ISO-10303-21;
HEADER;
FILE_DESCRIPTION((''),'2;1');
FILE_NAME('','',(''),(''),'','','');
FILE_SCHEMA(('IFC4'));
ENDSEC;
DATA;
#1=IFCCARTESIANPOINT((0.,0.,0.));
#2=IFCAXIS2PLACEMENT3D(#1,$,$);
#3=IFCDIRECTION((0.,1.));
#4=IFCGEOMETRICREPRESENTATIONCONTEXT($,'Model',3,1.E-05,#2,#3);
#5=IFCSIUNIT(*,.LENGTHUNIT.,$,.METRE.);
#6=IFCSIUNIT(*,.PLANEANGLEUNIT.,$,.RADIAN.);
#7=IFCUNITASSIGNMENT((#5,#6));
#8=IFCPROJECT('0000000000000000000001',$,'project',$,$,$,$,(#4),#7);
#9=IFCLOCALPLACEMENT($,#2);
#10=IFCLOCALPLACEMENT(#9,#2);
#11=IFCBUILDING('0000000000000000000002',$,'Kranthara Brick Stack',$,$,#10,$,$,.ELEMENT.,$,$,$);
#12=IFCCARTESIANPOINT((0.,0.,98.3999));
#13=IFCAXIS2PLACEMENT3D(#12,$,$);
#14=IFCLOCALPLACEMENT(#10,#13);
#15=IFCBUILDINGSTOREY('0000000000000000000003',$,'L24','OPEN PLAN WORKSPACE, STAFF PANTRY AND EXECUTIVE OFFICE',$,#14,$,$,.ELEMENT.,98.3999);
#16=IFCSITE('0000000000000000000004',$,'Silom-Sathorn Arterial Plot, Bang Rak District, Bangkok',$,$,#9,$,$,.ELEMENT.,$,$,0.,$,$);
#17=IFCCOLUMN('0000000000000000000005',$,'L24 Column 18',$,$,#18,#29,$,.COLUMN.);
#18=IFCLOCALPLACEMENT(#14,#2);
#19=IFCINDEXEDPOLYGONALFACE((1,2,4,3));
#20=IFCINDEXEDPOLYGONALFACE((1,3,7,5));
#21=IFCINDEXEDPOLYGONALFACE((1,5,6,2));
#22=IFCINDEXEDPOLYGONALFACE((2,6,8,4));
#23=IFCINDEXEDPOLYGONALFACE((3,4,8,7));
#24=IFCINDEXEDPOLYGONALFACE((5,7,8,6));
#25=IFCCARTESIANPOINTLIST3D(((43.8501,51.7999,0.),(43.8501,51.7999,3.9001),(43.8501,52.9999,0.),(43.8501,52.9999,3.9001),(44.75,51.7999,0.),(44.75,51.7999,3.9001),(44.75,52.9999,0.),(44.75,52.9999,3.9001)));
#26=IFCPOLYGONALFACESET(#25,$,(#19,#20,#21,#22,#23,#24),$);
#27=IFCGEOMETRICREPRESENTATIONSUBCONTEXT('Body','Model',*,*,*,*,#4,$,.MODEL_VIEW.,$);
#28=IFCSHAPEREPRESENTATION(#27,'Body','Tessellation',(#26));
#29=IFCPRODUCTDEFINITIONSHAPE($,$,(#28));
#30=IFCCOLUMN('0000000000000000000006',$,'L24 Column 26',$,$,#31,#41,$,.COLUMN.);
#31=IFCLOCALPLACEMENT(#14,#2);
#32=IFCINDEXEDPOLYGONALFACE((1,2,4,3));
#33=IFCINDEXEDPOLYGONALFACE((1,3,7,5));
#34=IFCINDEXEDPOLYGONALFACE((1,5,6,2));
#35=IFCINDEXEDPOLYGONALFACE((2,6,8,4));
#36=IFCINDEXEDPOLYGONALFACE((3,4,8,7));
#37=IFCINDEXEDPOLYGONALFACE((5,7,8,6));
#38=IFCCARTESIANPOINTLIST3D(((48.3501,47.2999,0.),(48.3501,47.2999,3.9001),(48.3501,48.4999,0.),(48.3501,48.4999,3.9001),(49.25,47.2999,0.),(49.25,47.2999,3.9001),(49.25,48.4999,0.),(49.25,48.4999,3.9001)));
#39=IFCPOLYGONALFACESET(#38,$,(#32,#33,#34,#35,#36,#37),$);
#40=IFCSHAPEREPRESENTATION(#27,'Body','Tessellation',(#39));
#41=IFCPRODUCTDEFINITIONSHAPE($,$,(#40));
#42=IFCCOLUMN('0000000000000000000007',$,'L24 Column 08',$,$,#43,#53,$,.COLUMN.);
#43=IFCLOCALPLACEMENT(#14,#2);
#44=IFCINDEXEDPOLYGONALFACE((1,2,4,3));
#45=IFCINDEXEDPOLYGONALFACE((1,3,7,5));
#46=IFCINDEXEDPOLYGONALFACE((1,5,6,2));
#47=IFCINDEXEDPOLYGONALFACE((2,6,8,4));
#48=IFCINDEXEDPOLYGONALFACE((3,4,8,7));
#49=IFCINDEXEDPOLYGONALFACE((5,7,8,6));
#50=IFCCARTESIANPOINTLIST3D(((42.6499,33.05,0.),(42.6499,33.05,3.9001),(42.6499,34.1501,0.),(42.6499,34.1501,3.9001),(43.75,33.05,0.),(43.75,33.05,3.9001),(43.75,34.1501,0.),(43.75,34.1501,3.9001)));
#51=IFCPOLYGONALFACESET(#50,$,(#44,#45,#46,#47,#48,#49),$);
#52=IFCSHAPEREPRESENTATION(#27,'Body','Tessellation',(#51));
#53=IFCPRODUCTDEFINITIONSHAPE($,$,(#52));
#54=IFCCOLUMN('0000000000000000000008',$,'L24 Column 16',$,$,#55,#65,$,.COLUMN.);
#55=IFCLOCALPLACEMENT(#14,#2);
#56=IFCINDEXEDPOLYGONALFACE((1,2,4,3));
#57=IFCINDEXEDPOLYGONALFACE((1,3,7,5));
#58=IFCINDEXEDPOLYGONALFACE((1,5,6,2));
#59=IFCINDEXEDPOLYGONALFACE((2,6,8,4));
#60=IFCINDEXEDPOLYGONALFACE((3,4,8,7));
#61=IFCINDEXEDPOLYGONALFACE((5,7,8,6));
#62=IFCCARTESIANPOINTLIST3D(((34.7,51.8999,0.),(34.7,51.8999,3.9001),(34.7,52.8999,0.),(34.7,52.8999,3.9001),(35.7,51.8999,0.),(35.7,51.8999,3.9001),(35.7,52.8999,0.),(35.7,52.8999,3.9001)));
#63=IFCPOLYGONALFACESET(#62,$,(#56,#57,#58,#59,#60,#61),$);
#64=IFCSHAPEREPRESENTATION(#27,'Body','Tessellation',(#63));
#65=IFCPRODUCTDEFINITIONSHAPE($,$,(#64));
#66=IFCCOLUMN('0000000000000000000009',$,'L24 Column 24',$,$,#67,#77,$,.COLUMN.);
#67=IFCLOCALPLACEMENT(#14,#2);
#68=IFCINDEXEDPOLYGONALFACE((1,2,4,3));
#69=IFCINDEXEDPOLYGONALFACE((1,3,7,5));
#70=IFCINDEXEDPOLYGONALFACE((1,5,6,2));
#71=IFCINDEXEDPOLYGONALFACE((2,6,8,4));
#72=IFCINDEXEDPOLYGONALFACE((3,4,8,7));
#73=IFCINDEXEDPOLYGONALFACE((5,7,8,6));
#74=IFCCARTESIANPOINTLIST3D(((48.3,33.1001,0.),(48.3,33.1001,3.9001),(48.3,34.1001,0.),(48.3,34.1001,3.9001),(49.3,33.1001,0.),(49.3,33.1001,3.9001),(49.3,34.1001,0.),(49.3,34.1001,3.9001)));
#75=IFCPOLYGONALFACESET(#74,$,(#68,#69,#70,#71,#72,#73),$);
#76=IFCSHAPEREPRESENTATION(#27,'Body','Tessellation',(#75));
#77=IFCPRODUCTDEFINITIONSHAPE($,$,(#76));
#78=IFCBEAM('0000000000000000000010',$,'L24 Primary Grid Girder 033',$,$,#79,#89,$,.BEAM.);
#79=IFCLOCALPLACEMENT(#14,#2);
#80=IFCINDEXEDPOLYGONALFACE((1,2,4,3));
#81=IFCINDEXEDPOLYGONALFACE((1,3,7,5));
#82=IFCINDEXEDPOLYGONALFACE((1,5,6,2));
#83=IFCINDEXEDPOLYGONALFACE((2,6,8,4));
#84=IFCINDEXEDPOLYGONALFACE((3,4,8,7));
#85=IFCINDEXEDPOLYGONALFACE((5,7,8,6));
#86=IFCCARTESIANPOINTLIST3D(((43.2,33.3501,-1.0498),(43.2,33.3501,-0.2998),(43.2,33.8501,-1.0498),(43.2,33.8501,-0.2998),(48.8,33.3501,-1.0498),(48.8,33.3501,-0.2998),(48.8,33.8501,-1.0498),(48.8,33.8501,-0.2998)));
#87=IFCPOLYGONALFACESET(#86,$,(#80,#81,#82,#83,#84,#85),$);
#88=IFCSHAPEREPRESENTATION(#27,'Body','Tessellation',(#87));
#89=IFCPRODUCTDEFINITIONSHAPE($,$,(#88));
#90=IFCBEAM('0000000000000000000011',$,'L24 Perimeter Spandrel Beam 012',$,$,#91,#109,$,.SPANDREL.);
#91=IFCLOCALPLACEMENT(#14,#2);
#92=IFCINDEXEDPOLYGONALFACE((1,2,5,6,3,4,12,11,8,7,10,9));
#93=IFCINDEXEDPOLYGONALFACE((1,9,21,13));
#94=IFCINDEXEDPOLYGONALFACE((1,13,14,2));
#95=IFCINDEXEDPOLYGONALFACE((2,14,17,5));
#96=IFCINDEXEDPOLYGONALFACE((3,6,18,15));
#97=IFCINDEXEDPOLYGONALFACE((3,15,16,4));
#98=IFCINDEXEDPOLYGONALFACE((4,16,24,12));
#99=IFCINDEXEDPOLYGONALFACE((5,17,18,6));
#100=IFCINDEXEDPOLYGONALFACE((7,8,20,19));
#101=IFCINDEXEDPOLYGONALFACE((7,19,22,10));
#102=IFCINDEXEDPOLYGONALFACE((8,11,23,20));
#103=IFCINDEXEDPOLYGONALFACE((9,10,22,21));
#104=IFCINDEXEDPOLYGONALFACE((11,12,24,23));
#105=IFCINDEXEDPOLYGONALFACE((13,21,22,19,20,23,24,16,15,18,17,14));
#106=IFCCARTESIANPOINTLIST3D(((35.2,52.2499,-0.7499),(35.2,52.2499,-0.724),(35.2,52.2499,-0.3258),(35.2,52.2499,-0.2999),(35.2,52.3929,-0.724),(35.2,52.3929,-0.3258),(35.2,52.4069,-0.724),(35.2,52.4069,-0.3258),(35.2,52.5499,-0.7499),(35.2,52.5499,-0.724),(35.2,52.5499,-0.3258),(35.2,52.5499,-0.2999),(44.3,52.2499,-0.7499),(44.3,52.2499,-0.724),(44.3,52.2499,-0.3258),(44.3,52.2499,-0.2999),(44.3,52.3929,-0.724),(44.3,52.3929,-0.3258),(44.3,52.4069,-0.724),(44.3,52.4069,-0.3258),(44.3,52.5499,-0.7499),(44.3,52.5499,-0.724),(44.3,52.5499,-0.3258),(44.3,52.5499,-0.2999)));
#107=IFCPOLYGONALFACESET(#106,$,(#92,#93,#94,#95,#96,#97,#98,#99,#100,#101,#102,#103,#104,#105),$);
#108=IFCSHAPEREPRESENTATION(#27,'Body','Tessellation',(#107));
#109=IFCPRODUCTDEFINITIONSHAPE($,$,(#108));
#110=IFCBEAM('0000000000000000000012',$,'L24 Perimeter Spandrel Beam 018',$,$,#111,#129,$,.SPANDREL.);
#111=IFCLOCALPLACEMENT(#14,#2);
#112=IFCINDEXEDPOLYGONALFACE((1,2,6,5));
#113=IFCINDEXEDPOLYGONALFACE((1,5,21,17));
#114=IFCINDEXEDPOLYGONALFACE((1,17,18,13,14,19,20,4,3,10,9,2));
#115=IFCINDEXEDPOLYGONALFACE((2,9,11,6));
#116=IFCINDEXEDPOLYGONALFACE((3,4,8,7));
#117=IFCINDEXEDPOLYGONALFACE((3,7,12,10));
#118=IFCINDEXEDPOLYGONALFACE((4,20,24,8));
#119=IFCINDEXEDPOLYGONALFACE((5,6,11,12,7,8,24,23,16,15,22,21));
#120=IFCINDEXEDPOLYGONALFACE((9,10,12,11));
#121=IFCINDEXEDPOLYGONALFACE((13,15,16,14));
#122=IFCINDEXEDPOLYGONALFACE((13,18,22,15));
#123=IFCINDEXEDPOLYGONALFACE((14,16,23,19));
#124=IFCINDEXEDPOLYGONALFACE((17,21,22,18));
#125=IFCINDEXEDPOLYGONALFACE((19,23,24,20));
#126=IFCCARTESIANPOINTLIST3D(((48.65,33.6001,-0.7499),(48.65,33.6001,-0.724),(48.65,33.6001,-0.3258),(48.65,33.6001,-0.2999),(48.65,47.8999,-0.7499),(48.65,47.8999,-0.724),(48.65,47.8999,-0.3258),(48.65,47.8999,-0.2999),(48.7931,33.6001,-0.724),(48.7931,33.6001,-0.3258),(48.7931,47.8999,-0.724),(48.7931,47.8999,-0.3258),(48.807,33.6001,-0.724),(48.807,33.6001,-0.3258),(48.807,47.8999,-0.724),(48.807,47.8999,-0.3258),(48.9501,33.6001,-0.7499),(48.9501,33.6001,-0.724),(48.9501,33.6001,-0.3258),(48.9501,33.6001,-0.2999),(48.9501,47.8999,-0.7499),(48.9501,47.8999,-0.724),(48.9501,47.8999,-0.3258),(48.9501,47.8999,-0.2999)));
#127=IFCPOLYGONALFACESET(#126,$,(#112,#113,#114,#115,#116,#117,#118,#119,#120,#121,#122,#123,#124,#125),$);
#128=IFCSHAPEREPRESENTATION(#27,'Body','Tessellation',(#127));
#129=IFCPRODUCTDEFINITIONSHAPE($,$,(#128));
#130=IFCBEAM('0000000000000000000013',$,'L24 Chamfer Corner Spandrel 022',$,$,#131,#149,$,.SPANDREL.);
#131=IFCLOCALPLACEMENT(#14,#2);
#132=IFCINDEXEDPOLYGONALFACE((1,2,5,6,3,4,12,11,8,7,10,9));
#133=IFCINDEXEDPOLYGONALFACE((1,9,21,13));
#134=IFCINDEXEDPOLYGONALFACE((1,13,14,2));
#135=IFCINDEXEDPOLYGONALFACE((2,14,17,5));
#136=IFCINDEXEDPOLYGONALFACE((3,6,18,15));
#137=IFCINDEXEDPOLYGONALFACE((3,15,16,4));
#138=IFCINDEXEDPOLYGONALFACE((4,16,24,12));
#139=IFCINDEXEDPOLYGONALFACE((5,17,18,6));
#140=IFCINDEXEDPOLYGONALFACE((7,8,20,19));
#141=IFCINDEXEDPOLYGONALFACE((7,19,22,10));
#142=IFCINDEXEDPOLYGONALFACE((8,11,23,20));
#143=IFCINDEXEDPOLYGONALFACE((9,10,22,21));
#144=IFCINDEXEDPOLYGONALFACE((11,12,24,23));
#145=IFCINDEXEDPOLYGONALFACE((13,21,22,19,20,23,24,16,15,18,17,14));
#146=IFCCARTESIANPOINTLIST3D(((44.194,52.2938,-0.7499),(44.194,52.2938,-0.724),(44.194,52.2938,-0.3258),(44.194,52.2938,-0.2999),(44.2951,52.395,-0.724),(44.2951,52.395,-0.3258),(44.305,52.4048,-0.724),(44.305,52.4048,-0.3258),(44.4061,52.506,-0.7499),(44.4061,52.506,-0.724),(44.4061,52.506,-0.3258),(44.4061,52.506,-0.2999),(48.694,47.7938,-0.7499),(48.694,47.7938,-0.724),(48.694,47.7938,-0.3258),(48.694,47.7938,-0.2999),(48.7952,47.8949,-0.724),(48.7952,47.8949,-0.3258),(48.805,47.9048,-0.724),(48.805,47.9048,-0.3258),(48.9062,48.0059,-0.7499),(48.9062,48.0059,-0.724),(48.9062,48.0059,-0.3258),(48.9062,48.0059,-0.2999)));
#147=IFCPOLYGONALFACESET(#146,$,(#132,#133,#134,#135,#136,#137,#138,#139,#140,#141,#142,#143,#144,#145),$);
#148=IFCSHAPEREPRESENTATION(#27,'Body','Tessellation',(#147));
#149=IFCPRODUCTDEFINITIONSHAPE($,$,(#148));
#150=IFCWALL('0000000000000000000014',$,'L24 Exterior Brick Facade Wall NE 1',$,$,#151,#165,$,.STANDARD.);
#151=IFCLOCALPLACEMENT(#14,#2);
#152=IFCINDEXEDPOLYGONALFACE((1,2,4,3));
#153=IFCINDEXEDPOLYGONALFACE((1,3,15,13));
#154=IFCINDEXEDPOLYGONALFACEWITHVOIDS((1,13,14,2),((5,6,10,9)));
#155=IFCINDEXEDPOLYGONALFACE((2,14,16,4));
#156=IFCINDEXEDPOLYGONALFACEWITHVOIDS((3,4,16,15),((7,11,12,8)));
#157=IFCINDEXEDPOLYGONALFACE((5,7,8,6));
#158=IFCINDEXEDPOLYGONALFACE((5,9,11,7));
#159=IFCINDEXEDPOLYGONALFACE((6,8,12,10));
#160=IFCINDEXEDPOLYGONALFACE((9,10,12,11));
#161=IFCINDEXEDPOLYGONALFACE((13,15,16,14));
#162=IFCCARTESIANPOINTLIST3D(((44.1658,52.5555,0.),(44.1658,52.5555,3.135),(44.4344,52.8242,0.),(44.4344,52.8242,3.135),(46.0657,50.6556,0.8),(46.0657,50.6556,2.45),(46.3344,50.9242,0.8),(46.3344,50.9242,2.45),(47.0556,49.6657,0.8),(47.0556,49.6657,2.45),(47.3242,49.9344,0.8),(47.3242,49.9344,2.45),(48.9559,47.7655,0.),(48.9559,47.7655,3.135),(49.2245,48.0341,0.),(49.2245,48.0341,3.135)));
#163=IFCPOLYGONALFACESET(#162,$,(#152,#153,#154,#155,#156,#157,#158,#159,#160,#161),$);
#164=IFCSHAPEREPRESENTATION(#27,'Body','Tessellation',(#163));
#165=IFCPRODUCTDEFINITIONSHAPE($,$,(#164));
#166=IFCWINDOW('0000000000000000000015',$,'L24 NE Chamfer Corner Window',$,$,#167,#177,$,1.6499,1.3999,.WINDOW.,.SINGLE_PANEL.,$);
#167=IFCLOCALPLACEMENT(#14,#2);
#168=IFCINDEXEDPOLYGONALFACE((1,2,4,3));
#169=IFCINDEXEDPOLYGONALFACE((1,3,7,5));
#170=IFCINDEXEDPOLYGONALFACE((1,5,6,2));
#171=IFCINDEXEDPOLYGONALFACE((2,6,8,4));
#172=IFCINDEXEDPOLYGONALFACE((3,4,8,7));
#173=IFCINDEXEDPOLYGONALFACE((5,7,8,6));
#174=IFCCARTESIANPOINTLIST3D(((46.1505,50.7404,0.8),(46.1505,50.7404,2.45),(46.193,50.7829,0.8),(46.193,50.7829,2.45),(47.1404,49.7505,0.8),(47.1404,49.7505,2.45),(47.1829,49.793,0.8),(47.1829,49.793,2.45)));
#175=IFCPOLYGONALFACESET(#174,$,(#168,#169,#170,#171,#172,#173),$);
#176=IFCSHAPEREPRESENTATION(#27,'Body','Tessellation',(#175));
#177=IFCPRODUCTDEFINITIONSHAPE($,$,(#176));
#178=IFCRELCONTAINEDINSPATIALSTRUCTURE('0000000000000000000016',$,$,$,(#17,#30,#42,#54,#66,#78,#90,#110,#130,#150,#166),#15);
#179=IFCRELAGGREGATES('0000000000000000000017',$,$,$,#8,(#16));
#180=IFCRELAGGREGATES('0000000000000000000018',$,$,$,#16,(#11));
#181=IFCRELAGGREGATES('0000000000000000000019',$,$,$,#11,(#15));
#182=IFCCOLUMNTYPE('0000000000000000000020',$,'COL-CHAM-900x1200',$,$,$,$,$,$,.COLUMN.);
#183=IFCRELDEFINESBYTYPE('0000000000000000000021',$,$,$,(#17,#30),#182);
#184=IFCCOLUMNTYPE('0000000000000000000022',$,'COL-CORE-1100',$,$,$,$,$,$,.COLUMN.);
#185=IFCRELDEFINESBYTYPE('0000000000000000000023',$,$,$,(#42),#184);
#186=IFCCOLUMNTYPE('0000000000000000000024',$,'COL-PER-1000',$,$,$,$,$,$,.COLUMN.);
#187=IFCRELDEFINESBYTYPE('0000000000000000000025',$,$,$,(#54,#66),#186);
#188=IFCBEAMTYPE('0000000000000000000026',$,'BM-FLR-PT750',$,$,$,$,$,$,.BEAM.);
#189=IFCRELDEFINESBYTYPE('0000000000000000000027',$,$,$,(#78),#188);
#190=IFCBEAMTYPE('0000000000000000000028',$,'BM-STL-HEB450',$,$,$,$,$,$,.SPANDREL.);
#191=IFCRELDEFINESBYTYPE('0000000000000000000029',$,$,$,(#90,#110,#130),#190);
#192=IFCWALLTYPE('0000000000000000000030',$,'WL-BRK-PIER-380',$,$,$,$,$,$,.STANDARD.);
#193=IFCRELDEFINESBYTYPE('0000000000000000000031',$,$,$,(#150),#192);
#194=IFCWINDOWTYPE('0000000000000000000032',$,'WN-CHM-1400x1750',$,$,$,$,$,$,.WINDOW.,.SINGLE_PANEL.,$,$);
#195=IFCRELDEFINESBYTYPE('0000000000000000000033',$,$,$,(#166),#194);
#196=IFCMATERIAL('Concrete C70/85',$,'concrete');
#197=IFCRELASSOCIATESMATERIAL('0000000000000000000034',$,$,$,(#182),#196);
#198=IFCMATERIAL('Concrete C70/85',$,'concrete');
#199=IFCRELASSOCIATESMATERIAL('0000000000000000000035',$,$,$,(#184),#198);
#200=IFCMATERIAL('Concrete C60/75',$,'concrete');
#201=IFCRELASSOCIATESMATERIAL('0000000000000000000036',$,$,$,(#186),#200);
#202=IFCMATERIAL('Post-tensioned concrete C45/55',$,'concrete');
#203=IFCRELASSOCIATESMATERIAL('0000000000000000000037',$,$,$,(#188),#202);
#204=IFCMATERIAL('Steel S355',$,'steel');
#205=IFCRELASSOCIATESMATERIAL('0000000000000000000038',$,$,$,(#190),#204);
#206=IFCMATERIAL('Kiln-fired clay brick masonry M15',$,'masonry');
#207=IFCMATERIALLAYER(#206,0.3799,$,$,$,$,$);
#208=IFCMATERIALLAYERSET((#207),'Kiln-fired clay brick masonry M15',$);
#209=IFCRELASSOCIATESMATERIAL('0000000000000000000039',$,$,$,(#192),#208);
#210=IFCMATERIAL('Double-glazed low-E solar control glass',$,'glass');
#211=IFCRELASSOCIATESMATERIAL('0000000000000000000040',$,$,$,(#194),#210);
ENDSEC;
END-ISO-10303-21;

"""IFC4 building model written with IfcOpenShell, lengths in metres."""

from ifc_helpers import new_model, si_unit, direction, frame, frame_2d, origin, origin_2d, place, context, subcontext, project, spatial, rectangle, i_section, extrude, material, layer, layer_set, material_profile, profile_set, type_object, element, fill, save


model = new_model("IFC4")

# Units and contexts
model_context = context("Model", 3, precision=1e-05, world=origin(), true_north=direction((0.0, 1.0)))
body_context = subcontext(model_context, "Body", "Model", "MODEL_VIEW")
ifc_project = project(units=[si_unit("LENGTHUNIT", "METRE"), si_unit("PLANEANGLEUNIT", "RADIAN")], contexts=[model_context])

# Site, building, storey
site_placement = place(None, origin())
site = spatial("IfcSite", under=ifc_project, at=site_placement, Name="Silom-Sathorn Arterial Plot, Bang Rak District, Bangkok", CompositionType="ELEMENT", RefElevation=0.0)
building_placement = place(site_placement, origin())
building = spatial("IfcBuilding", under=site, at=building_placement, Name="Kranthara Brick Stack", CompositionType="ELEMENT")
storey_placement = place(building_placement, frame((0.0, 0.0, 98.3999)))
storey = spatial("IfcBuildingStorey", under=building, at=storey_placement, Name="L24", Description="OPEN PLAN WORKSPACE, STAFF PANTRY AND EXECUTIVE OFFICE", CompositionType="ELEMENT", Elevation=98.3999)

# Columns
ifc_material_1 = material(Name="Concrete C70/85", Category="concrete")
ifc_material_profile_1 = material_profile(ifc_material_1, rectangle(XDim=0.8999, YDim=1.2, at=origin_2d()), Name="RC 900x1200")
ifc_profile_set_1 = profile_set([ifc_material_profile_1], Name="Concrete C70/85")
column_type_1 = type_object("IfcColumnType", Name="COL-CHAM-900x1200", PredefinedType="COLUMN", material=ifc_profile_set_1)
for number, where, z_axis, x_axis, name in (
    (1, (44.3, 52.3999, 0.0), (0.0, 0.0, 1.0), (1.0, 0.0, 0.0), "L24 Column 18"),
    (2, (48.8, 47.8999, 0.0), (0.0, 0.0, 1.0), (1.0, 0.0, 0.0), "L24 Column 26"),
):
    element("IfcColumn", number, at=place(storey_placement, frame(where, z_axis=z_axis, x_axis=x_axis)), inside=storey, type_object=column_type_1, Name=name, PredefinedType="COLUMN", context=body_context, shape_type="SweptSolid", body=[
        extrude(rectangle(XDim=0.8999, YDim=1.2, at=origin_2d()), origin(), (0.0, 0.0, 1.0), 3.9001),
    ])
ifc_material_2 = material(Name="Concrete C70/85", Category="concrete")
ifc_material_profile_2 = material_profile(ifc_material_2, rectangle(XDim=1.1001, YDim=1.1001, at=origin_2d()), Name="RC 1100x1100")
ifc_profile_set_2 = profile_set([ifc_material_profile_2], Name="Concrete C70/85")
column_type_2 = type_object("IfcColumnType", Name="COL-CORE-1100", PredefinedType="COLUMN", material=ifc_profile_set_2)
column_placement = place(storey_placement, frame((43.2, 33.6001, 0.0), z_axis=(0.0, 0.0, 1.0), x_axis=(1.0, 0.0, 0.0)))
element("IfcColumn", 3, at=column_placement, inside=storey, type_object=column_type_2, Name="L24 Column 08", PredefinedType="COLUMN", context=body_context, shape_type="SweptSolid", body=[
    extrude(rectangle(XDim=1.1001, YDim=1.1001, at=origin_2d()), origin(), (0.0, 0.0, 1.0), 3.9001),
])
ifc_material_3 = material(Name="Concrete C60/75", Category="concrete")
ifc_material_profile_3 = material_profile(ifc_material_3, rectangle(XDim=1.0, YDim=1.0, at=origin_2d()), Name="RC 1000x1000")
ifc_profile_set_3 = profile_set([ifc_material_profile_3], Name="Concrete C60/75")
column_type_3 = type_object("IfcColumnType", Name="COL-PER-1000", PredefinedType="COLUMN", material=ifc_profile_set_3)
for number, where, z_axis, x_axis, name in (
    (4, (35.2, 52.3999, 0.0), (0.0, 0.0, 1.0), (1.0, 0.0, 0.0), "L24 Column 16"),
    (5, (48.8, 33.6001, 0.0), (0.0, 0.0, 1.0), (1.0, 0.0, 0.0), "L24 Column 24"),
):
    element("IfcColumn", number, at=place(storey_placement, frame(where, z_axis=z_axis, x_axis=x_axis)), inside=storey, type_object=column_type_3, Name=name, PredefinedType="COLUMN", context=body_context, shape_type="SweptSolid", body=[
        extrude(rectangle(XDim=1.0, YDim=1.0, at=origin_2d()), origin(), (0.0, 0.0, 1.0), 3.9001),
    ])

# Beams
ifc_material_4 = material(Name="Post-tensioned concrete C45/55", Category="concrete")
ifc_material_profile_4 = material_profile(ifc_material_4, rectangle(XDim=0.5, YDim=0.75, at=origin_2d()), Name="PT 500x750")
ifc_profile_set_4 = profile_set([ifc_material_profile_4], Name="Post-tensioned concrete C45/55")
beam_type_1 = type_object("IfcBeamType", Name="BM-FLR-PT750", PredefinedType="BEAM", material=ifc_profile_set_4)
beam_1_placement = place(storey_placement, frame((43.2, 33.6001, -0.6748), z_axis=(1.0, 0.0, 0.0), x_axis=(0.0, 1.0, 0.0)))
element("IfcBeam", 6, at=beam_1_placement, inside=storey, type_object=beam_type_1, Name="L24 Primary Grid Girder 033", PredefinedType="BEAM", context=body_context, shape_type="SweptSolid", body=[
    extrude(rectangle(XDim=0.5, YDim=0.75, at=origin_2d()), origin(), (0.0, 0.0, 1.0), 5.6001),
])
ifc_material_5 = material(Name="Steel S355", Category="steel")
ifc_material_profile_5 = material_profile(ifc_material_5, i_section(OverallWidth=0.3, OverallDepth=0.45, WebThickness=0.0139, FlangeThickness=0.0259, at=origin_2d()), Name="HEB 450")
ifc_profile_set_5 = profile_set([ifc_material_profile_5], Name="Steel S355")
beam_type_2 = type_object("IfcBeamType", Name="BM-STL-HEB450", PredefinedType="SPANDREL", material=ifc_profile_set_5)
beam_2_placement = place(storey_placement, frame((35.2, 52.3999, -0.5249), z_axis=(1.0, 0.0, 0.0), x_axis=(0.0, 1.0, 0.0)))
element("IfcBeam", 7, at=beam_2_placement, inside=storey, type_object=beam_type_2, Name="L24 Perimeter Spandrel Beam 012", PredefinedType="SPANDREL", context=body_context, shape_type="SweptSolid", body=[
    extrude(i_section(OverallWidth=0.3, OverallDepth=0.45, WebThickness=0.0139, FlangeThickness=0.0259, at=origin_2d()), origin(), (0.0, 0.0, 1.0), 9.1001),
])
beam_3_placement = place(storey_placement, frame((48.8, 33.6001, -0.5249), z_axis=(0.0, 1.0, 0.0), x_axis=(-1.0, 0.0, 0.0)))
element("IfcBeam", 8, at=beam_3_placement, inside=storey, type_object=beam_type_2, Name="L24 Perimeter Spandrel Beam 018", PredefinedType="SPANDREL", context=body_context, shape_type="SweptSolid", body=[
    extrude(i_section(OverallWidth=0.3, OverallDepth=0.45, WebThickness=0.0139, FlangeThickness=0.0259, at=origin_2d()), origin(), (0.0, 0.0, 1.0), 14.2998),
])
beam_4_placement = place(storey_placement, frame((44.3, 52.3999, -0.5249), z_axis=(0.707107, -0.707107, 0.0), x_axis=(0.707107, 0.707107, 0.0)))
element("IfcBeam", 9, at=beam_4_placement, inside=storey, type_object=beam_type_2, Name="L24 Chamfer Corner Spandrel 022", PredefinedType="SPANDREL", context=body_context, shape_type="SweptSolid", body=[
    extrude(i_section(OverallWidth=0.3, OverallDepth=0.45, WebThickness=0.0139, FlangeThickness=0.0259, at=origin_2d()), origin(), (0.0, 0.0, 1.0), 6.364),
])

# Wall, opening, window
ifc_material_6 = material(Name="Kiln-fired clay brick masonry M15", Category="masonry")
ifc_layer_1 = layer(ifc_material_6, 0.3799)
ifc_layer_set_1 = layer_set([ifc_layer_1], Name="Kiln-fired clay brick masonry M15")
wall_type_1 = type_object("IfcWallType", Name="WL-BRK-PIER-380", PredefinedType="STANDARD", material=ifc_layer_set_1)
wall_1_placement = place(storey_placement, frame((44.3, 52.6899, 0.0), z_axis=(0.0, 0.0, 1.0), x_axis=(0.707107, -0.707107, 0.0)))
wall_1 = element("IfcWall", 10, at=wall_1_placement, inside=storey, type_object=wall_type_1, Name="L24 Exterior Brick Facade Wall NE 1", PredefinedType="STANDARD", context=body_context, shape_type="SweptSolid", body=[
    extrude(rectangle(XDim=6.7742, YDim=0.3799, at=frame_2d((3.3872, 0.0))), origin(), (0.0, 0.0, 1.0), 3.135),
])
opening_1_placement = place(wall_1_placement, frame((2.687, 0.0, 0.8)))
opening_1 = element("IfcOpeningElement", 11, at=opening_1_placement, cuts=wall_1, PredefinedType="OPENING", context=body_context, shape_type="SweptSolid", body=[
    extrude(rectangle(XDim=1.3999, YDim=1.6499, at=frame_2d((0.7, 0.825))), frame((0.0, 0.2, 0.0), z_axis=(0.0, -1.0, 0.0), x_axis=(1.0, 0.0, 0.0)), (0.0, 0.0, 1.0), 0.3999),
])
ifc_material_7 = material(Name="Double-glazed low-E solar control glass", Category="glass")
window_type_1 = type_object("IfcWindowType", Name="WN-CHM-1400x1750", PartitioningType="SINGLE_PANEL", PredefinedType="WINDOW", material=ifc_material_7)
window_1_placement = place(opening_1_placement, origin())
window_1 = element("IfcWindow", 12, at=window_1_placement, inside=storey, type_object=window_type_1, Name="L24 NE Chamfer Corner Window", OverallHeight=1.6499, OverallWidth=1.3999, PartitioningType="SINGLE_PANEL", PredefinedType="WINDOW", context=body_context, shape_type="SweptSolid", body=[
    extrude(rectangle(XDim=1.3999, YDim=1.6499, at=frame_2d((0.7, 0.825))), frame((0.0, -0.01, 0.0), z_axis=(0.0, -1.0, 0.0), x_axis=(1.0, 0.0, 0.0)), (0.0, 0.0, 1.0), 0.0601),
])
fill(opening_1, window_1)

save(model, "model.ifc")
